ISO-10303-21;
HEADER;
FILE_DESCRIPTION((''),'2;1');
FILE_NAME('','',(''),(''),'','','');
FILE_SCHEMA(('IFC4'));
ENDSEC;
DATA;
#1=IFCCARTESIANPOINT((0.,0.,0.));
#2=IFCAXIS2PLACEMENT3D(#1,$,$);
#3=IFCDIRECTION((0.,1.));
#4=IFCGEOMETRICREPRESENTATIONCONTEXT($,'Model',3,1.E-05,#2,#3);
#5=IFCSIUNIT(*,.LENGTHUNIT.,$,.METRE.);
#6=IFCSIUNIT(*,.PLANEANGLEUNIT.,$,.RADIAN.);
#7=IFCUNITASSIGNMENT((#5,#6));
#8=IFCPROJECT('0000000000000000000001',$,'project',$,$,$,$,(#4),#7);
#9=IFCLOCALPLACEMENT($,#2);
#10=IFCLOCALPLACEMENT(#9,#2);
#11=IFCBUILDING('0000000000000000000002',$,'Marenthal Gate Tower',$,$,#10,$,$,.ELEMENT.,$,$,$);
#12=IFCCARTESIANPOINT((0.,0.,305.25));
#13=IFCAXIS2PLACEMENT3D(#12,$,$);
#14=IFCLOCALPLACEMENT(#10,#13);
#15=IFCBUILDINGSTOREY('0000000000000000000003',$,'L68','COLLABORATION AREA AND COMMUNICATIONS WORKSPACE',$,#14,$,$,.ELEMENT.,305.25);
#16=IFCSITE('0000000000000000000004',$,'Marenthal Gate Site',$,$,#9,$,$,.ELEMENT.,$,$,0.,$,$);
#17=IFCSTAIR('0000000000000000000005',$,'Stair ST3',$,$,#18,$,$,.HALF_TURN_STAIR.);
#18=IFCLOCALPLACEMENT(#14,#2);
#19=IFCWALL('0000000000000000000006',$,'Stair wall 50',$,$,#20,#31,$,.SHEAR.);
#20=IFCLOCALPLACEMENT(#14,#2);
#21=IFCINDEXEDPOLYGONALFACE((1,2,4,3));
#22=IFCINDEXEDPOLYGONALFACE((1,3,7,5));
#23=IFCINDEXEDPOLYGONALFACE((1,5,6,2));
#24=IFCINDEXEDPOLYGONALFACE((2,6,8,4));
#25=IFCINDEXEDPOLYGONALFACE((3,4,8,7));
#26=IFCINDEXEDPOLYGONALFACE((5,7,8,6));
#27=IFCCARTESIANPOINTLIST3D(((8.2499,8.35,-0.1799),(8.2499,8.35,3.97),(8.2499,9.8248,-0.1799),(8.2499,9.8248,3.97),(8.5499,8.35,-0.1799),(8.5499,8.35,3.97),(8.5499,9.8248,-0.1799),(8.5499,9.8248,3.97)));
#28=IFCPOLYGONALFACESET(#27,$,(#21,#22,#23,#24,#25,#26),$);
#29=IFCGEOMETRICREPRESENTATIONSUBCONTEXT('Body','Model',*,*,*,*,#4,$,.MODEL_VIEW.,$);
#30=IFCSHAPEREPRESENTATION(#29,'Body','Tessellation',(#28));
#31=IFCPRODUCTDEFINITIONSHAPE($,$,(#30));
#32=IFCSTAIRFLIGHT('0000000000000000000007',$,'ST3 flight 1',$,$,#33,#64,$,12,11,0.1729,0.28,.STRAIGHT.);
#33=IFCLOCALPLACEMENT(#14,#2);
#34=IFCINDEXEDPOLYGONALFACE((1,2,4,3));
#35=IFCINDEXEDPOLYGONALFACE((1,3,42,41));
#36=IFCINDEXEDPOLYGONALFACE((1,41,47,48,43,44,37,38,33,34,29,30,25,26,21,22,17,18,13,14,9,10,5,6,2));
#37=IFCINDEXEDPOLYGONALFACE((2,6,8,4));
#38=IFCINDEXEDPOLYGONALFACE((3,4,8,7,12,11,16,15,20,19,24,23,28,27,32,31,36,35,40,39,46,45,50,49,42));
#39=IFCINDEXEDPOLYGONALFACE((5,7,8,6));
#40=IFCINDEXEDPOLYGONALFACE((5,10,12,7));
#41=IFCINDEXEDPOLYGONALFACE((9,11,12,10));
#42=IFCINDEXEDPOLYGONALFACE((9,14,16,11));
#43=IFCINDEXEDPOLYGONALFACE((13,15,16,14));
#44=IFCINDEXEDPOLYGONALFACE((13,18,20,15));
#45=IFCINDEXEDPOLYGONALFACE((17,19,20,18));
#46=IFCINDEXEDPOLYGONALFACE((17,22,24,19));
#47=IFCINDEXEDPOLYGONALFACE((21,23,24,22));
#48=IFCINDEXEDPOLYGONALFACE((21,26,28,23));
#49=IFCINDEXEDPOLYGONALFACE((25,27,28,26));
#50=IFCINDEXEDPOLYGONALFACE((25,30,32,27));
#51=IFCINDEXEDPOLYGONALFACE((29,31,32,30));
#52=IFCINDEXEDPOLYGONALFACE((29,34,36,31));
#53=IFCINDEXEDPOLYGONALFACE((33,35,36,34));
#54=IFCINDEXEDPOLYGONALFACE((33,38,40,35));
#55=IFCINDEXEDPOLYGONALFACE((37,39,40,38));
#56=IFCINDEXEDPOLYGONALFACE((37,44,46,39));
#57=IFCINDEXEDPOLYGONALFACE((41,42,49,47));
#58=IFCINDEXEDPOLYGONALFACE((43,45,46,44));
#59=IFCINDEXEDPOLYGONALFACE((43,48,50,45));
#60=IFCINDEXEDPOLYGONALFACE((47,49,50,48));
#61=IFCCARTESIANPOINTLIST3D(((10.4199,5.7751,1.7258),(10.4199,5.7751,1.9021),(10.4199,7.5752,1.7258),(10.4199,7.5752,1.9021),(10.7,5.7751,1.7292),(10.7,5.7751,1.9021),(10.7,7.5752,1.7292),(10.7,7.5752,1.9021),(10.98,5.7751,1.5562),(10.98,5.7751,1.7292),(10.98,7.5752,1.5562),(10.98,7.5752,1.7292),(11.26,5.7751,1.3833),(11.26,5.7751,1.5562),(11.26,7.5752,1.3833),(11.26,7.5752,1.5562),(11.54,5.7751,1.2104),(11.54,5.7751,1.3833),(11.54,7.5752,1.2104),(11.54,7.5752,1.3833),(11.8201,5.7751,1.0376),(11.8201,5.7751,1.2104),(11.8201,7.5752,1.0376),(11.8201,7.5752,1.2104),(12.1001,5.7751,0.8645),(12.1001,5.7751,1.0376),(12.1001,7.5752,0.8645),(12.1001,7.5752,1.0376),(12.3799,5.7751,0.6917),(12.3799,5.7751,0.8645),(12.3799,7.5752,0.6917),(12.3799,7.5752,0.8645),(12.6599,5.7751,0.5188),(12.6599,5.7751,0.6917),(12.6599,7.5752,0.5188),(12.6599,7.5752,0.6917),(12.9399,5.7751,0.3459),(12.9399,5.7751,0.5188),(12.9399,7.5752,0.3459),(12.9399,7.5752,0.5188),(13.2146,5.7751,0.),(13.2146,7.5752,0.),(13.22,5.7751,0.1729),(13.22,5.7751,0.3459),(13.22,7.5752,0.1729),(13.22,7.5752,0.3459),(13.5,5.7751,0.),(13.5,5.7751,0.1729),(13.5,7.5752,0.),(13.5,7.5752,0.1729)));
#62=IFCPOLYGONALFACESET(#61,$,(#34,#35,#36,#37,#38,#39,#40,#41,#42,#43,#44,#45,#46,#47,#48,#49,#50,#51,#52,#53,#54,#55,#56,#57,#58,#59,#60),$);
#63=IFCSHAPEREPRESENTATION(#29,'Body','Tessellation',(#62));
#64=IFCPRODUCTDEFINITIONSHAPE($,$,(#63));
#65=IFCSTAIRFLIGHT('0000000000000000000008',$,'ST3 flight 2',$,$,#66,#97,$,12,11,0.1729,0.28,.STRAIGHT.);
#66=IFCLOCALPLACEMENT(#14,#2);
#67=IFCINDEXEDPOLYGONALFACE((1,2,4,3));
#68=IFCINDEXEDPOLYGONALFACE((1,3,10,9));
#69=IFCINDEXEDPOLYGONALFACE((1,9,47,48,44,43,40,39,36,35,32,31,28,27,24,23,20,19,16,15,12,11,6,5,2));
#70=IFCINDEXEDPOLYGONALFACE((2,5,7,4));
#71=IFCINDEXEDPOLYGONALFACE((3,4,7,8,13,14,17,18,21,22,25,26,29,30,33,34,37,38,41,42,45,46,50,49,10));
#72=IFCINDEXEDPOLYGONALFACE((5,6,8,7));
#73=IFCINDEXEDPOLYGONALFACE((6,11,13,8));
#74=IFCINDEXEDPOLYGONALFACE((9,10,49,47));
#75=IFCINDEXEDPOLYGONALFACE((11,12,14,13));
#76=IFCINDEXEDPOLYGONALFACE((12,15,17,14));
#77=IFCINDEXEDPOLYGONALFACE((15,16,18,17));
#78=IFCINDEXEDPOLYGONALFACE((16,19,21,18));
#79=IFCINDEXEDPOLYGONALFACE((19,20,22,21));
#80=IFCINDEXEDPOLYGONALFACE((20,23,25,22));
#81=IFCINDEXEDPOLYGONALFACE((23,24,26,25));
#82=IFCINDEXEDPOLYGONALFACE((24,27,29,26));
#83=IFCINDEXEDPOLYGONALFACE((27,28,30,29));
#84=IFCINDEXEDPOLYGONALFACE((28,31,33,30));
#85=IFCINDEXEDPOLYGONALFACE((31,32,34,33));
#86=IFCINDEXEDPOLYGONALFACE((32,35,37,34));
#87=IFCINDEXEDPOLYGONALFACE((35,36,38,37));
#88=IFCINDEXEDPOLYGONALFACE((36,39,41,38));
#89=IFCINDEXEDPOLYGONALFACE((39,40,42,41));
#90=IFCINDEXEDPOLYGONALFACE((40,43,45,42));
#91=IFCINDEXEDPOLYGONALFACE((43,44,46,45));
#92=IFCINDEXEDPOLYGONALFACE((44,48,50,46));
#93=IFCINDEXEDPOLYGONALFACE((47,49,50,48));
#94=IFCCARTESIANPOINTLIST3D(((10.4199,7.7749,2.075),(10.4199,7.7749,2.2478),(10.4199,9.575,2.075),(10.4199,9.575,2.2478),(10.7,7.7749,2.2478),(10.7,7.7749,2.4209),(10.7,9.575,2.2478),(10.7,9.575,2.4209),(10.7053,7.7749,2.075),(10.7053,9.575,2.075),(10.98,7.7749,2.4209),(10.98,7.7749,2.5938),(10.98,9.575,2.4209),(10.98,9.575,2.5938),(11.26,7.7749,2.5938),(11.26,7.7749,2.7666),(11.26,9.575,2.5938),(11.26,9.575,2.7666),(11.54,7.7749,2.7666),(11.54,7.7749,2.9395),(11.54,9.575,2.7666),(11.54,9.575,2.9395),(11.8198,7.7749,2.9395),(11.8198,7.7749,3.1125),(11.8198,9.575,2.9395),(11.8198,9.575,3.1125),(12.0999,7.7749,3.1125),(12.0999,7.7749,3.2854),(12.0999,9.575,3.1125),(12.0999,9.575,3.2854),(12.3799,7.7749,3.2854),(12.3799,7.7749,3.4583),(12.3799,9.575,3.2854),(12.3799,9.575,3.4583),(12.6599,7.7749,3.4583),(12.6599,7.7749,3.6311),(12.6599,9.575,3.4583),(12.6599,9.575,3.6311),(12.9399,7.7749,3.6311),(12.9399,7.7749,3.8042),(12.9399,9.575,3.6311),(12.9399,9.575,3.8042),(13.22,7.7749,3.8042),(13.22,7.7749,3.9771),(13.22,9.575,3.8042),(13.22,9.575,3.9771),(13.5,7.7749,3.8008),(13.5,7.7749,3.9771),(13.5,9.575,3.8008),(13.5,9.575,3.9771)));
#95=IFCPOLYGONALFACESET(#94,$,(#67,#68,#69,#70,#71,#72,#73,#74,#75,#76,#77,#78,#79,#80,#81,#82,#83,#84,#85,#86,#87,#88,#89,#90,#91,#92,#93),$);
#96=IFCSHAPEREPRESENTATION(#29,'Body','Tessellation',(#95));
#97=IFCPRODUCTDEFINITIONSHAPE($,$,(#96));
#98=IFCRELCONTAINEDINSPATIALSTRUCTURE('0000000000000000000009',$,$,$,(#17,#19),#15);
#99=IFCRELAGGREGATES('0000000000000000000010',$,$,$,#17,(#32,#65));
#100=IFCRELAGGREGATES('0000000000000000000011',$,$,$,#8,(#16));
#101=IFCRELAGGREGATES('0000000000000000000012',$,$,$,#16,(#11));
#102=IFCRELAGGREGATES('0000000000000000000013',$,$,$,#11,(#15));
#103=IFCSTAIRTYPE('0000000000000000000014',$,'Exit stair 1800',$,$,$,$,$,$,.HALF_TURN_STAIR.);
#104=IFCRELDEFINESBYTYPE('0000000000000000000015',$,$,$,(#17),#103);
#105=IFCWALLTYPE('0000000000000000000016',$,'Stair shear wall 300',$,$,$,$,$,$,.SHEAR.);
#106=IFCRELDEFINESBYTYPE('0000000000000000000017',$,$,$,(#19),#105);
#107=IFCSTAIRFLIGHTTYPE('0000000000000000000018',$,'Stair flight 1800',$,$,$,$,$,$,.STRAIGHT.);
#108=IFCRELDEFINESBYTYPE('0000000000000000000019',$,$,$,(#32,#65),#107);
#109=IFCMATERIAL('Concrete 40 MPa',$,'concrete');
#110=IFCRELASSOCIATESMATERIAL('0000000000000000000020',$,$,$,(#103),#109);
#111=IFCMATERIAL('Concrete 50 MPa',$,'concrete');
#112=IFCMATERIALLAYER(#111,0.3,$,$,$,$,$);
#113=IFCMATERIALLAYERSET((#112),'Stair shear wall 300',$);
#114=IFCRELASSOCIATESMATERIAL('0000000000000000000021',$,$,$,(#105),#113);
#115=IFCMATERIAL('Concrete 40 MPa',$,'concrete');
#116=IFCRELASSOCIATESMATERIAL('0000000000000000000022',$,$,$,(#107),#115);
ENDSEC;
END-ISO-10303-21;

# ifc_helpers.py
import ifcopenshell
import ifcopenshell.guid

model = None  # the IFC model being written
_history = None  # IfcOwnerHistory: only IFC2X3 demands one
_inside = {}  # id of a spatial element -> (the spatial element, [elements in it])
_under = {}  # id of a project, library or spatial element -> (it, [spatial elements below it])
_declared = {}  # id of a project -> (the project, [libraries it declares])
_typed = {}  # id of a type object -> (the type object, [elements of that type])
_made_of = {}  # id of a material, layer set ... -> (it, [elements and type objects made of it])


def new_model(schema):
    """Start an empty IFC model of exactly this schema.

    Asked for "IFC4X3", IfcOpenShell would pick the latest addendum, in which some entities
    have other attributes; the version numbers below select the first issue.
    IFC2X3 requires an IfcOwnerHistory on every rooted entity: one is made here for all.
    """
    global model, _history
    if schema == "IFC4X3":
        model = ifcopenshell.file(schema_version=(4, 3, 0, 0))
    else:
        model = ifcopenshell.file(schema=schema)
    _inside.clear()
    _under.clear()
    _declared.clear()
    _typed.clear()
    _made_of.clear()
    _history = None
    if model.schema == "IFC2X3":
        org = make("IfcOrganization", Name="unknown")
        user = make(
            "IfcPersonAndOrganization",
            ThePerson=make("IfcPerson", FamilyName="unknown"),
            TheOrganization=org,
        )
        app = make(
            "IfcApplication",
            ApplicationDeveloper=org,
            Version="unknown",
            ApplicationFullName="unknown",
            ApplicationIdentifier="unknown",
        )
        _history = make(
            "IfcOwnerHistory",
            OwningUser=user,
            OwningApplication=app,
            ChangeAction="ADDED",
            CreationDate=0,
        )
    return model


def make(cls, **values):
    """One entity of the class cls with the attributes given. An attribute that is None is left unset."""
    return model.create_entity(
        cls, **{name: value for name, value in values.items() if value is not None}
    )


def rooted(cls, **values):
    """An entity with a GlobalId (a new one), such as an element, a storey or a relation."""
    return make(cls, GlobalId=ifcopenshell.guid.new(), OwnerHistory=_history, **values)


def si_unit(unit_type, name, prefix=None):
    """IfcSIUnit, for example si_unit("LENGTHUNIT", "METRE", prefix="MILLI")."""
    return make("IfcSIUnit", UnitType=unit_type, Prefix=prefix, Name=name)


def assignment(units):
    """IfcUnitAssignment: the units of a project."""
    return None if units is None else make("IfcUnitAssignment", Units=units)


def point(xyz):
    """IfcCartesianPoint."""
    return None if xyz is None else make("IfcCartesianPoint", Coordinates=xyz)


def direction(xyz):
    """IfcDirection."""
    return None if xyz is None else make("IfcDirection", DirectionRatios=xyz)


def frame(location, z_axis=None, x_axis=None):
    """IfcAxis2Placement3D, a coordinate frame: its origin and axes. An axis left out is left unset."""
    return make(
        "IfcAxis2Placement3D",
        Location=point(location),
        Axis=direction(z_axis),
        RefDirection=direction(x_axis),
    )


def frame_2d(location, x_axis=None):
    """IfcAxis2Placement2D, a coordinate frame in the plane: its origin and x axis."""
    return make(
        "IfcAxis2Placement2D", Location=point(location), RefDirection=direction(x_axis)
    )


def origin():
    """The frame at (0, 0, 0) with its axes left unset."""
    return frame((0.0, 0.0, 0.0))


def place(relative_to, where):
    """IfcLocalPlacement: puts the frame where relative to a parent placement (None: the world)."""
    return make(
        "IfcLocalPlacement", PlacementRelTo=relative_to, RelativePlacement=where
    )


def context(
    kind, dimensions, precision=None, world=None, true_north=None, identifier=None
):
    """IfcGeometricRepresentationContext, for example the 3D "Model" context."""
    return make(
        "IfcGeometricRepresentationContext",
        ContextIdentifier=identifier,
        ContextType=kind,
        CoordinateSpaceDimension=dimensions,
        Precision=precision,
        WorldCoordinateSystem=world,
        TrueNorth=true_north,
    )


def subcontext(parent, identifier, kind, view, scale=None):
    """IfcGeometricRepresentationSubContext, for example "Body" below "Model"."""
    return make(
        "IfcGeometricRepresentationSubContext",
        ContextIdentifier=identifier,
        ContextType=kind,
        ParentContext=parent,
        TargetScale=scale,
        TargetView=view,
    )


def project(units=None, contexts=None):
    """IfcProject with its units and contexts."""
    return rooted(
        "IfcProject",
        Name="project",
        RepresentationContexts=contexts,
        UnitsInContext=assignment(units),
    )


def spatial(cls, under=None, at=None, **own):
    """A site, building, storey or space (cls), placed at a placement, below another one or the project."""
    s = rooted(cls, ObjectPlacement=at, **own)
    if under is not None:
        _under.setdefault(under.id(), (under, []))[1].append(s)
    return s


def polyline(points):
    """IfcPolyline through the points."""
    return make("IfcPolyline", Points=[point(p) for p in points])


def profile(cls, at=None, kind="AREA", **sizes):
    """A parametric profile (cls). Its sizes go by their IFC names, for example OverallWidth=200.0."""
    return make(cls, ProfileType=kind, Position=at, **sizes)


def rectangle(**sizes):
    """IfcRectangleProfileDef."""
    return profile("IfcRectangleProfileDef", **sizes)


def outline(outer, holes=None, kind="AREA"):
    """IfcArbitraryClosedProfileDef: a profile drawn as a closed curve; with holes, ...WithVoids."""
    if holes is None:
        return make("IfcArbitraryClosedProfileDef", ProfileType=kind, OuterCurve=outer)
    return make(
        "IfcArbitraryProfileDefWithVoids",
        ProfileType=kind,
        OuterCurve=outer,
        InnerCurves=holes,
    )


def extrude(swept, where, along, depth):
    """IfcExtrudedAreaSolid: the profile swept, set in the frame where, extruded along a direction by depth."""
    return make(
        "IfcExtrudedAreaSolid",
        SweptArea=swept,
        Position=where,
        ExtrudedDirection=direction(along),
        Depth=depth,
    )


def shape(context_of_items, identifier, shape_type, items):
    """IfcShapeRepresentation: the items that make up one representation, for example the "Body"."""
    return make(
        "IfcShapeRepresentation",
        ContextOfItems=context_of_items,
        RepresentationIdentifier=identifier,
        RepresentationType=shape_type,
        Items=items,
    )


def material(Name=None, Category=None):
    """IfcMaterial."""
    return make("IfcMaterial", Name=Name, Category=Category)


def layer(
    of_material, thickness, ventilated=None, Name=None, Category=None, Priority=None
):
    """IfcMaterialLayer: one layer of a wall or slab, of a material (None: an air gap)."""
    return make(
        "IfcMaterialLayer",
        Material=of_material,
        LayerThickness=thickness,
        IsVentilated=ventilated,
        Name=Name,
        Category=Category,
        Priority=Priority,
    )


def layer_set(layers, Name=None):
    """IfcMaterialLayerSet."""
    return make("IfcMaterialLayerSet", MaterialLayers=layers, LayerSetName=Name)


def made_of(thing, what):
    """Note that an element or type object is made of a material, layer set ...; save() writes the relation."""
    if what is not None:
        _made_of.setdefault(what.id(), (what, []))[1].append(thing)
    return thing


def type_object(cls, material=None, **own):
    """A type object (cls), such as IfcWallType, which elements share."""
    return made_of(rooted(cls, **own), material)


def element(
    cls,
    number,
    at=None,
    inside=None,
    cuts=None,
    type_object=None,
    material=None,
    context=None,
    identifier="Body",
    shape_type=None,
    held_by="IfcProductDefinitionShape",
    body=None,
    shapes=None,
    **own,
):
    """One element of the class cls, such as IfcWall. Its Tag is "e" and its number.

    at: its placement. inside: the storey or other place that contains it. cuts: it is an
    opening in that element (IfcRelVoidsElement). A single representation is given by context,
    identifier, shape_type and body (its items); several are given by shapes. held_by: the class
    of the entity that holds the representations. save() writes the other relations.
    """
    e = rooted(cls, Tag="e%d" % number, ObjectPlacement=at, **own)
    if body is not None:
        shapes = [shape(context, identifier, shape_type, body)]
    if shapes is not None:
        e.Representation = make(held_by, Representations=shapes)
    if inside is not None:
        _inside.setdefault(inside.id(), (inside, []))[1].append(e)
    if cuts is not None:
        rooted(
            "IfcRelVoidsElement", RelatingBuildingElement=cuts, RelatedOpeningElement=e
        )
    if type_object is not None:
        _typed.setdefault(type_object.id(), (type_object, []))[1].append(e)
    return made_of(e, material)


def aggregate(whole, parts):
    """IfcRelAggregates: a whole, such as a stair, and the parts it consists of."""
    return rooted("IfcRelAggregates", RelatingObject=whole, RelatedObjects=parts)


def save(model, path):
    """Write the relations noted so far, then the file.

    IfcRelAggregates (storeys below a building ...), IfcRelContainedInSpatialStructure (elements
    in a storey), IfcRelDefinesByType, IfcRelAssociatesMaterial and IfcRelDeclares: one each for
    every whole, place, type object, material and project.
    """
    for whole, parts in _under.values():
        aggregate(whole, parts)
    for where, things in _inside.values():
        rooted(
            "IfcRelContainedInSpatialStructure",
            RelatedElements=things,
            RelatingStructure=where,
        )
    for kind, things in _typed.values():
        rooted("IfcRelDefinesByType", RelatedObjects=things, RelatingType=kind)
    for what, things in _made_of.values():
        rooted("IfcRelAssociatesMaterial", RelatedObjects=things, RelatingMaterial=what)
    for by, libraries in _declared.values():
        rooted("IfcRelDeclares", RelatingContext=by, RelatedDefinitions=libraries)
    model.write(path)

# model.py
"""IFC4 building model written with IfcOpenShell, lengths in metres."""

from ifc_helpers import new_model, si_unit, direction, frame, frame_2d, origin, place, context, subcontext, project, spatial, polyline, rectangle, outline, extrude, material, layer, layer_set, type_object, element, aggregate, save


model = new_model("IFC4")

# Units and contexts
model_context = context("Model", 3, precision=1e-05, world=origin(), true_north=direction((0.0, 1.0)))
body_context = subcontext(model_context, "Body", "Model", "MODEL_VIEW")
ifc_project = project(units=[si_unit("LENGTHUNIT", "METRE"), si_unit("PLANEANGLEUNIT", "RADIAN")], contexts=[model_context])

# Site, building, storey
site_placement = place(None, origin())
site = spatial("IfcSite", under=ifc_project, at=site_placement, Name="Marenthal Gate Site", CompositionType="ELEMENT", RefElevation=0.0)
building_placement = place(site_placement, origin())
building = spatial("IfcBuilding", under=site, at=building_placement, Name="Marenthal Gate Tower", CompositionType="ELEMENT")
storey_placement = place(building_placement, frame((0.0, 0.0, 305.25)))
storey = spatial("IfcBuildingStorey", under=building, at=storey_placement, Name="L68", Description="COLLABORATION AREA AND COMMUNICATIONS WORKSPACE", CompositionType="ELEMENT", Elevation=305.25)

# Stair
ifc_material_1 = material(Name="Concrete 40 MPa", Category="concrete")
stair_type = type_object("IfcStairType", Name="Exit stair 1800", PredefinedType="HALF_TURN_STAIR", material=ifc_material_1)
stair_1_placement = place(storey_placement, origin())
stair_1 = element("IfcStair", 1, at=stair_1_placement, inside=storey, type_object=stair_type, Name="Stair ST3", PredefinedType="HALF_TURN_STAIR")

# Wall
ifc_material_2 = material(Name="Concrete 50 MPa", Category="concrete")
ifc_layer_1 = layer(ifc_material_2, 0.3)
ifc_layer_set_1 = layer_set([ifc_layer_1], Name="Stair shear wall 300")
wall_type_1 = type_object("IfcWallType", Name="Stair shear wall 300", PredefinedType="SHEAR", material=ifc_layer_set_1)
wall_1_placement = place(storey_placement, frame((8.3999, 8.3501, -0.1799), z_axis=(0.0, 0.0, 1.0), x_axis=(0.0, 1.0, 0.0)))
element("IfcWall", 2, at=wall_1_placement, inside=storey, type_object=wall_type_1, Name="Stair wall 50", PredefinedType="SHEAR", context=body_context, shape_type="SweptSolid", body=[
    extrude(rectangle(XDim=1.4749, YDim=0.3, at=frame_2d((0.7373, 0.0))), origin(), (0.0, 0.0, 1.0), 4.1499),
])

# Stair flights
ifc_material_3 = material(Name="Concrete 40 MPa", Category="concrete")
stair_flight_type = type_object("IfcStairFlightType", Name="Stair flight 1800", PredefinedType="STRAIGHT", material=ifc_material_3)
stair_flight_1_placement = place(storey_placement, frame((13.5, 6.675, 0.0), z_axis=(0.0, 0.0, 1.0), x_axis=(-1.0, 0.0, 0.0)))
stair_flight_1 = element("IfcStairFlight", 3, at=stair_flight_1_placement, type_object=stair_flight_type, Name="ST3 flight 1", NumberOfRisers=12, NumberOfTreads=11, PredefinedType="STRAIGHT", RiserHeight=0.1729, TreadLength=0.28, context=body_context, shape_type="SweptSolid", body=[
    extrude(outline(polyline([(0.0, 0.0), (0.0, 0.1729), (0.28, 0.1729), (0.28, 0.3459), (0.5601, 0.3459), (0.5601, 0.5188), (0.8401, 0.5188), (0.8401, 0.6917), (1.1201, 0.6917), (1.1201, 0.8645), (1.3999, 0.8645), (1.3999, 1.0376), (1.6799, 1.0376), (1.6799, 1.2104), (1.96, 1.2104), (1.96, 1.3833), (2.24, 1.3833), (2.24, 1.5562), (2.52, 1.5562), (2.52, 1.7292), (2.8, 1.7292), (2.8, 1.9021), (3.0801, 1.9021), (3.0801, 2.075), (3.0801, 1.7258), (0.2854, 0.0), (0.0, 0.0)])), frame((0.0, 0.8999, 0.0), z_axis=(0.0, -1.0, 0.0), x_axis=(1.0, 0.0, 0.0)), (0.0, 0.0, 1.0), 1.8),
])
stair_flight_2_placement = place(storey_placement, frame((10.4199, 8.675, 2.075), z_axis=(0.0, 0.0, 1.0), x_axis=(1.0, 0.0, 0.0)))
stair_flight_2 = element("IfcStairFlight", 4, at=stair_flight_2_placement, type_object=stair_flight_type, Name="ST3 flight 2", NumberOfRisers=12, NumberOfTreads=11, PredefinedType="STRAIGHT", RiserHeight=0.1729, TreadLength=0.28, context=body_context, shape_type="SweptSolid", body=[
    extrude(outline(polyline([(0.0, 0.0), (0.0, 0.1729), (0.28, 0.1729), (0.28, 0.3459), (0.5601, 0.3459), (0.5601, 0.5188), (0.8401, 0.5188), (0.8401, 0.6917), (1.1201, 0.6917), (1.1201, 0.8645), (1.3999, 0.8645), (1.3999, 1.0376), (1.6799, 1.0376), (1.6799, 1.2104), (1.96, 1.2104), (1.96, 1.3833), (2.24, 1.3833), (2.24, 1.5562), (2.52, 1.5562), (2.52, 1.7292), (2.8, 1.7292), (2.8, 1.9021), (3.0801, 1.9021), (3.0801, 2.075), (3.0801, 1.7258), (0.2854, 0.0), (0.0, 0.0)])), frame((0.0, 0.8999, 0.0), z_axis=(0.0, -1.0, 0.0), x_axis=(1.0, 0.0, 0.0)), (0.0, 0.0, 1.0), 1.8),
])
aggregate(stair_1, [stair_flight_1, stair_flight_2])

save(model, "model.ifc")
